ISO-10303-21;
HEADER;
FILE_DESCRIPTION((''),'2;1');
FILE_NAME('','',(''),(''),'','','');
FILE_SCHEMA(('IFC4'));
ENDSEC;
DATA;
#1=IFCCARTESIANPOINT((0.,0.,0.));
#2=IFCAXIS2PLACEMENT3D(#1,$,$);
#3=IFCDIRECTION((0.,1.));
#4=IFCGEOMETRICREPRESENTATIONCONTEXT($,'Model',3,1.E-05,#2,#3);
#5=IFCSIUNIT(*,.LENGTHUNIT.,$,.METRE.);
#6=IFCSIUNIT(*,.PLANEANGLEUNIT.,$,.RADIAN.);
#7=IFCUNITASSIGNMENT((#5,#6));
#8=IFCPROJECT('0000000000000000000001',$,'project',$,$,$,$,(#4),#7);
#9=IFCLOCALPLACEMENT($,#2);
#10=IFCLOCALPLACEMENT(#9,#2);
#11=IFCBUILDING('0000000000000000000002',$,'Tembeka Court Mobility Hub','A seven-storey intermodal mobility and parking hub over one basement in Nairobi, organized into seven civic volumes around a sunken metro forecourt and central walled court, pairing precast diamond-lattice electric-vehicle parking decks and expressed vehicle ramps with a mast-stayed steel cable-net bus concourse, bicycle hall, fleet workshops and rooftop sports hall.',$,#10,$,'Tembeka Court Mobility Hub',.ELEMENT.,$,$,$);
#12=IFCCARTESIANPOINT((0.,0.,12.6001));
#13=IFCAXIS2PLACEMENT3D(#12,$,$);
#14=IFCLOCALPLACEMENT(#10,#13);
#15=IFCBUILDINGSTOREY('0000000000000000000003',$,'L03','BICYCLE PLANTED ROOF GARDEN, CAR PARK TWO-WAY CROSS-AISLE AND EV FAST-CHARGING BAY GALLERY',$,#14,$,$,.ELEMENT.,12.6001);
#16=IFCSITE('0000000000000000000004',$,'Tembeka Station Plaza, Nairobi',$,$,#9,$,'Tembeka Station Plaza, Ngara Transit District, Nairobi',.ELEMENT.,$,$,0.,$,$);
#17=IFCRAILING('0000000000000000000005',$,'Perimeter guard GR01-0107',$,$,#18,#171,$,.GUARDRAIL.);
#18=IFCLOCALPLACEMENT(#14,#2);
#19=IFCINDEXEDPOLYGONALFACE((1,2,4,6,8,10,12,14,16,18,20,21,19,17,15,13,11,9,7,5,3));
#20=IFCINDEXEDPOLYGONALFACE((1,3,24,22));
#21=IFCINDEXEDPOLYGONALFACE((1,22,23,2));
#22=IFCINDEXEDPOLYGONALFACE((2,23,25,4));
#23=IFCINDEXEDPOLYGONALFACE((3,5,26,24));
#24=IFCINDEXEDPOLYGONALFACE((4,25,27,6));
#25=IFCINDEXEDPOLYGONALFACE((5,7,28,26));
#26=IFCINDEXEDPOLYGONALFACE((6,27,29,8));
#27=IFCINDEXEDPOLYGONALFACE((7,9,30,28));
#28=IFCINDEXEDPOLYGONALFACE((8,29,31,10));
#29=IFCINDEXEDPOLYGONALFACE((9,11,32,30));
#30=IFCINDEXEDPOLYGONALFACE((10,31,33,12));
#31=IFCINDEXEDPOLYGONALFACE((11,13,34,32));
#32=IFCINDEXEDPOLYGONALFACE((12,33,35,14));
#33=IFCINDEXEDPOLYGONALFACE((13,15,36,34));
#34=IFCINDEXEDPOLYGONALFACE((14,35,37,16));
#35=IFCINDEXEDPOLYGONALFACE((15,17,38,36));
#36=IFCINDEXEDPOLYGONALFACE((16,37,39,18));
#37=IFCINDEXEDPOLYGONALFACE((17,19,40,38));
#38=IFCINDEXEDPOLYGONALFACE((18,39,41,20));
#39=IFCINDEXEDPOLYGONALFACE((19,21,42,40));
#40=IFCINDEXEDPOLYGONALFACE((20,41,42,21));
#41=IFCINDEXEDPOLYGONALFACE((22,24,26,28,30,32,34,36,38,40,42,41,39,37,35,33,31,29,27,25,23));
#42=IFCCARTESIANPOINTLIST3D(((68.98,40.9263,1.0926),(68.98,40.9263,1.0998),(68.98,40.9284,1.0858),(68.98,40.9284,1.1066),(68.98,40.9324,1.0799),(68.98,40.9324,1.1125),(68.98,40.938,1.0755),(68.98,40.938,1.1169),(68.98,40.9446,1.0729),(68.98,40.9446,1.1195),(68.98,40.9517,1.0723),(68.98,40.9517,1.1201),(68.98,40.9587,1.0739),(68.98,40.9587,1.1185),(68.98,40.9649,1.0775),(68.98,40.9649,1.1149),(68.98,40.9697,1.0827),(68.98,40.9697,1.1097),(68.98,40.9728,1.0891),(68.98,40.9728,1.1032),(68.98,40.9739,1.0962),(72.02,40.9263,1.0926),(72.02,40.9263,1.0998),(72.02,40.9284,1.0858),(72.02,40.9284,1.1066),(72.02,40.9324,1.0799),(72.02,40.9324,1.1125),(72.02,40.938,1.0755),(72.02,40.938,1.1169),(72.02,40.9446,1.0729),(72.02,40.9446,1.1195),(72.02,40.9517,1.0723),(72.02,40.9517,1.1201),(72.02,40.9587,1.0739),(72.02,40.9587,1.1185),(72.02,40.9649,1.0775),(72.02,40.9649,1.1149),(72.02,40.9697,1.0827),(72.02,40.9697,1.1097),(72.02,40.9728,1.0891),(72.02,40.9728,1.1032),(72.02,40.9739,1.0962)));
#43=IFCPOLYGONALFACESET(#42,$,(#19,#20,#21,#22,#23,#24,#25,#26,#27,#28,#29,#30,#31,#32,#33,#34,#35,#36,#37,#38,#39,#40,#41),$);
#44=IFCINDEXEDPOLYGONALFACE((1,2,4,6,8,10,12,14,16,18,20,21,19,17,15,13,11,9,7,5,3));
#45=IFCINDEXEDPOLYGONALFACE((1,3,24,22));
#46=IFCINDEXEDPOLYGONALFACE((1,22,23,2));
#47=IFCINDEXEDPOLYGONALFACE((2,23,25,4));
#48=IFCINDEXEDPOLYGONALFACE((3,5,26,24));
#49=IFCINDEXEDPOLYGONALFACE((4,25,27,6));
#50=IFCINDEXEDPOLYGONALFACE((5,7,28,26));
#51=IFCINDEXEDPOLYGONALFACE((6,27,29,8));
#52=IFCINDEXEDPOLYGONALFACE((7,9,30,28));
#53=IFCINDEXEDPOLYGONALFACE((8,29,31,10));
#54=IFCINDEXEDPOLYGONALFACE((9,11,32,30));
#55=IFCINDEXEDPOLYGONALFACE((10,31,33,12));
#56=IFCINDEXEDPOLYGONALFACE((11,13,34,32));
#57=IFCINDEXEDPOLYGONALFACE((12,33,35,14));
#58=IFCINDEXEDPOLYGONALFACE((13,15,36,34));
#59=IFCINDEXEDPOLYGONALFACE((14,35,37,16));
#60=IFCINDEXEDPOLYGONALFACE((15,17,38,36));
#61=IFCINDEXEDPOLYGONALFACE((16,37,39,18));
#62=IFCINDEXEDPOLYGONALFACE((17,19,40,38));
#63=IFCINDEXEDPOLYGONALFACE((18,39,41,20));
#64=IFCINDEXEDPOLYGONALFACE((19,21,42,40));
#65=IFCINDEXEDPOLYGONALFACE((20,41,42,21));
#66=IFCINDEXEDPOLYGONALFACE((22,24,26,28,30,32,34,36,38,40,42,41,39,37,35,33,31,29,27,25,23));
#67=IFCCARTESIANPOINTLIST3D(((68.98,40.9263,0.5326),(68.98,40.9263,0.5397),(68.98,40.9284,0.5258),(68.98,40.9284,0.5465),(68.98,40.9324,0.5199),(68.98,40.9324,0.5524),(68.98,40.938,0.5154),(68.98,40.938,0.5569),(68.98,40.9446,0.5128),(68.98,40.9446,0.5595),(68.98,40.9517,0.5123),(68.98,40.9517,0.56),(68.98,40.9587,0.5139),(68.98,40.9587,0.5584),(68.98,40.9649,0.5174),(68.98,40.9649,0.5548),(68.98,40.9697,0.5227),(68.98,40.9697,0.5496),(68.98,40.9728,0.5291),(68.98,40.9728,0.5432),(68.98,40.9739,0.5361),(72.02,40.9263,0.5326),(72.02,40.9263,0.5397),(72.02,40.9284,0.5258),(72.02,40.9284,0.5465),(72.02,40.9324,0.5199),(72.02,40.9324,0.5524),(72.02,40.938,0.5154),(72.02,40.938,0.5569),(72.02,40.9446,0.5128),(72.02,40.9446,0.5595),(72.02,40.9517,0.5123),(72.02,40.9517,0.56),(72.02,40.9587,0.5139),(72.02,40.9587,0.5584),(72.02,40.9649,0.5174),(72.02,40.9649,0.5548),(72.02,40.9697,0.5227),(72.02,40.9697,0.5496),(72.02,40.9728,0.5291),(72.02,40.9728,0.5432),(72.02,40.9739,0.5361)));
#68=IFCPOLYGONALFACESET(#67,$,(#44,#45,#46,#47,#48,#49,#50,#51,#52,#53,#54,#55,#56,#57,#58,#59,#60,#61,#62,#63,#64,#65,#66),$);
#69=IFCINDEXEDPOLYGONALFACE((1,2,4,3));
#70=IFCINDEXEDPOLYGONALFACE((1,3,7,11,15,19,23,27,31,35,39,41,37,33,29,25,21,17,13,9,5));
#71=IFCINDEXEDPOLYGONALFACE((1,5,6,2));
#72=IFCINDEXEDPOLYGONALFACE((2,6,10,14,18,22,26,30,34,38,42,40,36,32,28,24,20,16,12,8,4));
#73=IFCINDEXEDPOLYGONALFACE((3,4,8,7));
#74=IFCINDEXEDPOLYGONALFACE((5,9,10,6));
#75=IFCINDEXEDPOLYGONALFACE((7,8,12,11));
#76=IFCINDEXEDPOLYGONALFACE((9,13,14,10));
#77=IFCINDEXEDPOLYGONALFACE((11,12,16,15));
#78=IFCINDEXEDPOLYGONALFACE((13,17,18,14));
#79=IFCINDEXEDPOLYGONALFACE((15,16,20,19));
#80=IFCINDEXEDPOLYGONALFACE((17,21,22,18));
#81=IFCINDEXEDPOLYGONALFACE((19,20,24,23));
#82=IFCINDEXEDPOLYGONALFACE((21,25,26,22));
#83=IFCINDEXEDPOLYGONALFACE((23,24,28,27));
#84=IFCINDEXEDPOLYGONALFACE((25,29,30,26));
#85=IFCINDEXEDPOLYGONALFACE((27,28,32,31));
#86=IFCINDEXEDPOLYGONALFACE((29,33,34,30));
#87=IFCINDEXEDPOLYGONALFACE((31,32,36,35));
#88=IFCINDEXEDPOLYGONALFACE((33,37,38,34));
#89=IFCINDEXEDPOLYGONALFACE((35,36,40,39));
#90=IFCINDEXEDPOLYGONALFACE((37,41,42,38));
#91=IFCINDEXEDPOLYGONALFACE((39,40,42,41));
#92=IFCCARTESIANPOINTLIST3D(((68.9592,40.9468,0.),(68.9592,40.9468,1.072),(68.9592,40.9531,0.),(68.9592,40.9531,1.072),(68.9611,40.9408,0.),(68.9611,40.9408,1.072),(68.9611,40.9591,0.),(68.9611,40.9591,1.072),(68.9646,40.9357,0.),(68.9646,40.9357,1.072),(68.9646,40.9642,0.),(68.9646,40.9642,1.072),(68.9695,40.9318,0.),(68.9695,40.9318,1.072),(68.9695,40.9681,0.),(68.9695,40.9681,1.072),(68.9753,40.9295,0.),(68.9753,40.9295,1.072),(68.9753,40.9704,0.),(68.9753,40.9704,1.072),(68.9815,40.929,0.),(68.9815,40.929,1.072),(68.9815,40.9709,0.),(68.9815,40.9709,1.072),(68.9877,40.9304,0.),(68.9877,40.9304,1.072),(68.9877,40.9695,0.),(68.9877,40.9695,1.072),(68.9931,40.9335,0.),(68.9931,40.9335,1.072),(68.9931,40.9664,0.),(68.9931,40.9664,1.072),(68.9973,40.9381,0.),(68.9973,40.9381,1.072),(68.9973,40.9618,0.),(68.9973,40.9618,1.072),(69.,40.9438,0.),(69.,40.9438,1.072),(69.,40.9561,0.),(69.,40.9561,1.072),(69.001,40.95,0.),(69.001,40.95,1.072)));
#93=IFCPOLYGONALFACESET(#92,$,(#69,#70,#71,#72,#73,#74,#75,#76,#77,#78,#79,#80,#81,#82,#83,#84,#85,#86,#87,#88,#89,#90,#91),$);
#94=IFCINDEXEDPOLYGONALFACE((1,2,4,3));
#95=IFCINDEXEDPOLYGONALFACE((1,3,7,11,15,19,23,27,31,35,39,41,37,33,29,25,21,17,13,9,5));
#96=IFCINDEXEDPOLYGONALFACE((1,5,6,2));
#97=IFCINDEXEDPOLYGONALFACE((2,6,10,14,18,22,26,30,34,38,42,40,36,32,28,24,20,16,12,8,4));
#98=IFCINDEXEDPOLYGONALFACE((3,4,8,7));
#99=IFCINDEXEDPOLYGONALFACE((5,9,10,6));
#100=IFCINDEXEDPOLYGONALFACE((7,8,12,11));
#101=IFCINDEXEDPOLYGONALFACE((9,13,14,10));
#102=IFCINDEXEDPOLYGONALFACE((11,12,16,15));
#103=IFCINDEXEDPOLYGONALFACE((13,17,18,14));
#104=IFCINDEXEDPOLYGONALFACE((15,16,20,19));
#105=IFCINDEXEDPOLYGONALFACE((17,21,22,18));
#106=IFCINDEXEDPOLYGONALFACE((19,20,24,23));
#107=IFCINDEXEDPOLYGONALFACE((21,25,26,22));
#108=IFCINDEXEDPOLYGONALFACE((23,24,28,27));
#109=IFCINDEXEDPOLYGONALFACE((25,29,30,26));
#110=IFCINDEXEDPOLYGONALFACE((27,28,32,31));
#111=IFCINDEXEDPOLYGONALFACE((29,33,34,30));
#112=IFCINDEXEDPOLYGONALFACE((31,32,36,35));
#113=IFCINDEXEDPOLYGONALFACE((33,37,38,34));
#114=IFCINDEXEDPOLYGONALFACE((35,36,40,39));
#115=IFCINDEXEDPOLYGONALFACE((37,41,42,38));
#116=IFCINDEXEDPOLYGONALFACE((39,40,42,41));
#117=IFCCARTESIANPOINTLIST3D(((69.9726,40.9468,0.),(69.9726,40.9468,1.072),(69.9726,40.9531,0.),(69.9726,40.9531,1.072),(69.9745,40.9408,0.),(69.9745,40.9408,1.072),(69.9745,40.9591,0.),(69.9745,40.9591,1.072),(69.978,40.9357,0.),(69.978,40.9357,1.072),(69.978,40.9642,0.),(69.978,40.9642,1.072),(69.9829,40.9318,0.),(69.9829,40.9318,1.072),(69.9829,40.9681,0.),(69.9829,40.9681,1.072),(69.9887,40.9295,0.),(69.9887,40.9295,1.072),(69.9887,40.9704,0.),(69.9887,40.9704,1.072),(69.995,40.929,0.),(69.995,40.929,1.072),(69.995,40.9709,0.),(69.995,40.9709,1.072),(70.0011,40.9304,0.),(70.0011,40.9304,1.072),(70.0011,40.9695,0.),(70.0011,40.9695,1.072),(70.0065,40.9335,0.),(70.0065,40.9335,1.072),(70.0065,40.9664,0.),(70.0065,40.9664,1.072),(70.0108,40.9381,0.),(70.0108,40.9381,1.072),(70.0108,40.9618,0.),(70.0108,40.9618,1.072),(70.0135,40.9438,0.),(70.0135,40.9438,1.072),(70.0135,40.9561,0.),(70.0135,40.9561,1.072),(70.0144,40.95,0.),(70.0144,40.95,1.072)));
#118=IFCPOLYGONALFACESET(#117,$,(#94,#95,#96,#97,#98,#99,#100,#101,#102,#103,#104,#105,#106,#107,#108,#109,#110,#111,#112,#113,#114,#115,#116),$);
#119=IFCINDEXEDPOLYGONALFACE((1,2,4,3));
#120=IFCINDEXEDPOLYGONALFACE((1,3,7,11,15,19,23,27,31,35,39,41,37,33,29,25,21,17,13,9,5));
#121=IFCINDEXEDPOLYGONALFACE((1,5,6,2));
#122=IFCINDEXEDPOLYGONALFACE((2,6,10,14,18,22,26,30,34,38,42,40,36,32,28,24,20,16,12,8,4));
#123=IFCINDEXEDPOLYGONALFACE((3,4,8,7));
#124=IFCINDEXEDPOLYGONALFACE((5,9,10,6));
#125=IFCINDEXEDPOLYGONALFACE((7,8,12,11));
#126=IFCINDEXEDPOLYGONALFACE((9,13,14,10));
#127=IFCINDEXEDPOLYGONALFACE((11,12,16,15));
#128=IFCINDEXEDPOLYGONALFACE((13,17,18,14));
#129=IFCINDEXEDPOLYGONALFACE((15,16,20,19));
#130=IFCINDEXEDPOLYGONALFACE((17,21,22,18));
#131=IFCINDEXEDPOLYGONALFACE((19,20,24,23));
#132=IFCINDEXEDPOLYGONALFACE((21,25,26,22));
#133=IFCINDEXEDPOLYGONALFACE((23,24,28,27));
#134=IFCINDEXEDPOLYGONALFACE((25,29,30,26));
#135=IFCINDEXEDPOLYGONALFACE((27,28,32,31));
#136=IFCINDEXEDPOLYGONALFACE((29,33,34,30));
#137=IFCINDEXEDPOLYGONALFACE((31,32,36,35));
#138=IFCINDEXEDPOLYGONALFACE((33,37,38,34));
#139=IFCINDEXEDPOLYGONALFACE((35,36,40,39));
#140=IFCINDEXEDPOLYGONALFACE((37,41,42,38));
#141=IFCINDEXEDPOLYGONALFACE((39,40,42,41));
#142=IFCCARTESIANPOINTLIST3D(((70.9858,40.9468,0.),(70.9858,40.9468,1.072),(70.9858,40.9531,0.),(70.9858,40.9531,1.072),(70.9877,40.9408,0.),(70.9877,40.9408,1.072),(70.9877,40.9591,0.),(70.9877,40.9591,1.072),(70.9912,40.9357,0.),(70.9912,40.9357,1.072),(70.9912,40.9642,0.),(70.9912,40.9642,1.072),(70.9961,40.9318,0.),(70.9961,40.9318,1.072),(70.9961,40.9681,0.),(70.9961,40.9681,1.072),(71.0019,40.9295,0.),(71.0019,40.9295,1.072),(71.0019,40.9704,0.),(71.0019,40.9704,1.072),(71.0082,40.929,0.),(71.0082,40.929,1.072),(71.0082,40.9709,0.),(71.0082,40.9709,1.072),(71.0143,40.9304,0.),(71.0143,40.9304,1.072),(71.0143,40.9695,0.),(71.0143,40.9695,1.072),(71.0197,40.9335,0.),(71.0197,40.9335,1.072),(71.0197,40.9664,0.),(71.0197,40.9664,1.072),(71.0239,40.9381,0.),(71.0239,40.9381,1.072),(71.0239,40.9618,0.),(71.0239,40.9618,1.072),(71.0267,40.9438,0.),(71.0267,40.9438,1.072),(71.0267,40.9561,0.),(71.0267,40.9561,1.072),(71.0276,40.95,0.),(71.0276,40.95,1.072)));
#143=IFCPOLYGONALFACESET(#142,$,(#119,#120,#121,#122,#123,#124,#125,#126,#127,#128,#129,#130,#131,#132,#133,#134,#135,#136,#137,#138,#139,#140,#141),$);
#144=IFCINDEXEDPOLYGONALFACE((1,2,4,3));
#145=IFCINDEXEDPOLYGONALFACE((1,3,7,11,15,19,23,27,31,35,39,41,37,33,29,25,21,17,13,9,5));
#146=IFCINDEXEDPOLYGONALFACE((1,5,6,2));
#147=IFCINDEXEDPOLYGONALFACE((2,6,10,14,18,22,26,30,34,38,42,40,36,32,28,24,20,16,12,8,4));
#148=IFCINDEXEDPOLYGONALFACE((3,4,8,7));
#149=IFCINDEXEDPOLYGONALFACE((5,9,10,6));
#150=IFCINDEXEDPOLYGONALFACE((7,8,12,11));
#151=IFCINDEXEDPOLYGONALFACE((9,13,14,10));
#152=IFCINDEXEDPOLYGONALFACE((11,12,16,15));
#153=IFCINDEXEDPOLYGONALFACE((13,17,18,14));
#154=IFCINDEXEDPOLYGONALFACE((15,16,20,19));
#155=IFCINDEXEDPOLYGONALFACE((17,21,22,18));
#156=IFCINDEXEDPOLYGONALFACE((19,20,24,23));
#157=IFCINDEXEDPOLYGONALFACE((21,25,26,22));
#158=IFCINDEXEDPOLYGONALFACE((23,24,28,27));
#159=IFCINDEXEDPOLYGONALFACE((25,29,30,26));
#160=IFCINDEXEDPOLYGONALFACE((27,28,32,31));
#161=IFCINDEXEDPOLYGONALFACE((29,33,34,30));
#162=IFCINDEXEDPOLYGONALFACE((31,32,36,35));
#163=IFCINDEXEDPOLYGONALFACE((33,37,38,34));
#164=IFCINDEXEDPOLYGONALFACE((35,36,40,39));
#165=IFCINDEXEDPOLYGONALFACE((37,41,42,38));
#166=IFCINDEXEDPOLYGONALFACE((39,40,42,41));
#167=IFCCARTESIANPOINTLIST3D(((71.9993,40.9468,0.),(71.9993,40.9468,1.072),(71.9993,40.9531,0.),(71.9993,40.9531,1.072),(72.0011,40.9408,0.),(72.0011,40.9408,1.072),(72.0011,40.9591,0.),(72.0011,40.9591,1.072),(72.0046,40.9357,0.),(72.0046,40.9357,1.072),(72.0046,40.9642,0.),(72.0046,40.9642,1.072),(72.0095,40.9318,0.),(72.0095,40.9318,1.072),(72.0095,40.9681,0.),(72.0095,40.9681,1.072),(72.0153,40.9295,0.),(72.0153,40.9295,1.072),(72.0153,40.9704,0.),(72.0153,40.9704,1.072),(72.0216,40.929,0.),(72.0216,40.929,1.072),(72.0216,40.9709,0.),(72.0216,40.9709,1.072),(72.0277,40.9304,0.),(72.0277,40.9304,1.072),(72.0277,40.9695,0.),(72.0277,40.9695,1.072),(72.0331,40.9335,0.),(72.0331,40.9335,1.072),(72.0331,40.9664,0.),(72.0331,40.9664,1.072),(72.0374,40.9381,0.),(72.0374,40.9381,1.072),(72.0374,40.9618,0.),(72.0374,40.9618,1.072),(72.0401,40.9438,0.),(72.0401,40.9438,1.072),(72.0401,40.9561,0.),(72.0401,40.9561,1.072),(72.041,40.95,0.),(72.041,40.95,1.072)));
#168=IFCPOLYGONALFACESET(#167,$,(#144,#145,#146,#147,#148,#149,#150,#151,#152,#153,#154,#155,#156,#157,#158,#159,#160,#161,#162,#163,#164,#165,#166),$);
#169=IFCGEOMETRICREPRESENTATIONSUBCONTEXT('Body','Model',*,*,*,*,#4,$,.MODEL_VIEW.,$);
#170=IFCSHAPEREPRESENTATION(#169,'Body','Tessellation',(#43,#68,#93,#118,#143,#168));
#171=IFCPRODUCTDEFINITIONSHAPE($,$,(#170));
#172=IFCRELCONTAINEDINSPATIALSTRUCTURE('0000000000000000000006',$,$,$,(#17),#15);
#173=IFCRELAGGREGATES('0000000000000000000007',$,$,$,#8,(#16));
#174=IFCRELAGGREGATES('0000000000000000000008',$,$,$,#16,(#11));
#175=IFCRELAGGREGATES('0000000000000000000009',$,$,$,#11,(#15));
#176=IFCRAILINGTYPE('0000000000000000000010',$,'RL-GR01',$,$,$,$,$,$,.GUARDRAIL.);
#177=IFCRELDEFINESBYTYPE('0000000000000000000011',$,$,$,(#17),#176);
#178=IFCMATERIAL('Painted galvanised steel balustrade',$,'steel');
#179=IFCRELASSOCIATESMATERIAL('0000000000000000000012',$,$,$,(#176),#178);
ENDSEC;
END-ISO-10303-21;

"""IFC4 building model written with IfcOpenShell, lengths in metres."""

from ifc_helpers import new_model, si_unit, direction, frame, origin, origin_2d, place, context, subcontext, project, spatial, circle, extrude, material, type_object, element, save


model = new_model("IFC4")

# Units and contexts
model_context = context("Model", 3, precision=1e-05, world=origin(), true_north=direction((0.0, 1.0)))
body_context = subcontext(model_context, "Body", "Model", "MODEL_VIEW")
ifc_project = project(units=[si_unit("LENGTHUNIT", "METRE"), si_unit("PLANEANGLEUNIT", "RADIAN")], contexts=[model_context])

# Site, building, storey
site_placement = place(None, origin())
site = spatial("IfcSite", under=ifc_project, at=site_placement, Name="Tembeka Station Plaza, Nairobi", LongName="Tembeka Station Plaza, Ngara Transit District, Nairobi", CompositionType="ELEMENT", RefElevation=0.0)
building_placement = place(site_placement, origin())
building = spatial("IfcBuilding", under=site, at=building_placement, Name="Tembeka Court Mobility Hub", Description="A seven-storey intermodal mobility and parking hub over one basement in Nairobi, organized into seven civic volumes around a sunken metro forecourt and central walled court, pairing precast diamond-lattice electric-vehicle parking decks and expressed vehicle ramps with a mast-stayed steel cable-net bus concourse, bicycle hall, fleet workshops and rooftop sports hall.", LongName="Tembeka Court Mobility Hub", CompositionType="ELEMENT")
storey_placement = place(building_placement, frame((0.0, 0.0, 12.6001)))
storey = spatial("IfcBuildingStorey", under=building, at=storey_placement, Name="L03", Description="BICYCLE PLANTED ROOF GARDEN, CAR PARK TWO-WAY CROSS-AISLE AND EV FAST-CHARGING BAY GALLERY", CompositionType="ELEMENT", Elevation=12.6001)

# Railing
ifc_material_1 = material(Name="Painted galvanised steel balustrade", Category="steel")
railing_type = type_object("IfcRailingType", Name="RL-GR01", PredefinedType="GUARDRAIL", material=ifc_material_1)
railing_1_placement = place(storey_placement, frame((68.98, 40.95, 0.0)))
element("IfcRailing", 1, at=railing_1_placement, inside=storey, type_object=railing_type, Name="Perimeter guard GR01-0107", PredefinedType="GUARDRAIL", context=body_context, shape_type="SweptSolid", body=[
    extrude(circle(Radius=0.0239, at=origin_2d()), frame((0.0, 0.0, 1.0962), z_axis=(1.0, 0.0, 0.0), x_axis=(0.0, 1.0, 0.0)), (0.0, 0.0, 1.0), 3.04),
    extrude(circle(Radius=0.0239, at=origin_2d()), frame((0.0, 0.0, 0.5361), z_axis=(1.0, 0.0, 0.0), x_axis=(0.0, 1.0, 0.0)), (0.0, 0.0, 1.0), 3.04),
    extrude(circle(Radius=0.021, at=origin_2d()), origin(), (0.0, 0.0, 1.0), 1.072),
    extrude(circle(Radius=0.021, at=origin_2d()), frame((1.0134, 0.0, 0.0)), (0.0, 0.0, 1.0), 1.072),
    extrude(circle(Radius=0.021, at=origin_2d()), frame((2.0266, 0.0, 0.0)), (0.0, 0.0, 1.0), 1.072),
    extrude(circle(Radius=0.021, at=origin_2d()), frame((3.04, 0.0, 0.0)), (0.0, 0.0, 1.0), 1.072),
])

save(model, "model.ifc")
